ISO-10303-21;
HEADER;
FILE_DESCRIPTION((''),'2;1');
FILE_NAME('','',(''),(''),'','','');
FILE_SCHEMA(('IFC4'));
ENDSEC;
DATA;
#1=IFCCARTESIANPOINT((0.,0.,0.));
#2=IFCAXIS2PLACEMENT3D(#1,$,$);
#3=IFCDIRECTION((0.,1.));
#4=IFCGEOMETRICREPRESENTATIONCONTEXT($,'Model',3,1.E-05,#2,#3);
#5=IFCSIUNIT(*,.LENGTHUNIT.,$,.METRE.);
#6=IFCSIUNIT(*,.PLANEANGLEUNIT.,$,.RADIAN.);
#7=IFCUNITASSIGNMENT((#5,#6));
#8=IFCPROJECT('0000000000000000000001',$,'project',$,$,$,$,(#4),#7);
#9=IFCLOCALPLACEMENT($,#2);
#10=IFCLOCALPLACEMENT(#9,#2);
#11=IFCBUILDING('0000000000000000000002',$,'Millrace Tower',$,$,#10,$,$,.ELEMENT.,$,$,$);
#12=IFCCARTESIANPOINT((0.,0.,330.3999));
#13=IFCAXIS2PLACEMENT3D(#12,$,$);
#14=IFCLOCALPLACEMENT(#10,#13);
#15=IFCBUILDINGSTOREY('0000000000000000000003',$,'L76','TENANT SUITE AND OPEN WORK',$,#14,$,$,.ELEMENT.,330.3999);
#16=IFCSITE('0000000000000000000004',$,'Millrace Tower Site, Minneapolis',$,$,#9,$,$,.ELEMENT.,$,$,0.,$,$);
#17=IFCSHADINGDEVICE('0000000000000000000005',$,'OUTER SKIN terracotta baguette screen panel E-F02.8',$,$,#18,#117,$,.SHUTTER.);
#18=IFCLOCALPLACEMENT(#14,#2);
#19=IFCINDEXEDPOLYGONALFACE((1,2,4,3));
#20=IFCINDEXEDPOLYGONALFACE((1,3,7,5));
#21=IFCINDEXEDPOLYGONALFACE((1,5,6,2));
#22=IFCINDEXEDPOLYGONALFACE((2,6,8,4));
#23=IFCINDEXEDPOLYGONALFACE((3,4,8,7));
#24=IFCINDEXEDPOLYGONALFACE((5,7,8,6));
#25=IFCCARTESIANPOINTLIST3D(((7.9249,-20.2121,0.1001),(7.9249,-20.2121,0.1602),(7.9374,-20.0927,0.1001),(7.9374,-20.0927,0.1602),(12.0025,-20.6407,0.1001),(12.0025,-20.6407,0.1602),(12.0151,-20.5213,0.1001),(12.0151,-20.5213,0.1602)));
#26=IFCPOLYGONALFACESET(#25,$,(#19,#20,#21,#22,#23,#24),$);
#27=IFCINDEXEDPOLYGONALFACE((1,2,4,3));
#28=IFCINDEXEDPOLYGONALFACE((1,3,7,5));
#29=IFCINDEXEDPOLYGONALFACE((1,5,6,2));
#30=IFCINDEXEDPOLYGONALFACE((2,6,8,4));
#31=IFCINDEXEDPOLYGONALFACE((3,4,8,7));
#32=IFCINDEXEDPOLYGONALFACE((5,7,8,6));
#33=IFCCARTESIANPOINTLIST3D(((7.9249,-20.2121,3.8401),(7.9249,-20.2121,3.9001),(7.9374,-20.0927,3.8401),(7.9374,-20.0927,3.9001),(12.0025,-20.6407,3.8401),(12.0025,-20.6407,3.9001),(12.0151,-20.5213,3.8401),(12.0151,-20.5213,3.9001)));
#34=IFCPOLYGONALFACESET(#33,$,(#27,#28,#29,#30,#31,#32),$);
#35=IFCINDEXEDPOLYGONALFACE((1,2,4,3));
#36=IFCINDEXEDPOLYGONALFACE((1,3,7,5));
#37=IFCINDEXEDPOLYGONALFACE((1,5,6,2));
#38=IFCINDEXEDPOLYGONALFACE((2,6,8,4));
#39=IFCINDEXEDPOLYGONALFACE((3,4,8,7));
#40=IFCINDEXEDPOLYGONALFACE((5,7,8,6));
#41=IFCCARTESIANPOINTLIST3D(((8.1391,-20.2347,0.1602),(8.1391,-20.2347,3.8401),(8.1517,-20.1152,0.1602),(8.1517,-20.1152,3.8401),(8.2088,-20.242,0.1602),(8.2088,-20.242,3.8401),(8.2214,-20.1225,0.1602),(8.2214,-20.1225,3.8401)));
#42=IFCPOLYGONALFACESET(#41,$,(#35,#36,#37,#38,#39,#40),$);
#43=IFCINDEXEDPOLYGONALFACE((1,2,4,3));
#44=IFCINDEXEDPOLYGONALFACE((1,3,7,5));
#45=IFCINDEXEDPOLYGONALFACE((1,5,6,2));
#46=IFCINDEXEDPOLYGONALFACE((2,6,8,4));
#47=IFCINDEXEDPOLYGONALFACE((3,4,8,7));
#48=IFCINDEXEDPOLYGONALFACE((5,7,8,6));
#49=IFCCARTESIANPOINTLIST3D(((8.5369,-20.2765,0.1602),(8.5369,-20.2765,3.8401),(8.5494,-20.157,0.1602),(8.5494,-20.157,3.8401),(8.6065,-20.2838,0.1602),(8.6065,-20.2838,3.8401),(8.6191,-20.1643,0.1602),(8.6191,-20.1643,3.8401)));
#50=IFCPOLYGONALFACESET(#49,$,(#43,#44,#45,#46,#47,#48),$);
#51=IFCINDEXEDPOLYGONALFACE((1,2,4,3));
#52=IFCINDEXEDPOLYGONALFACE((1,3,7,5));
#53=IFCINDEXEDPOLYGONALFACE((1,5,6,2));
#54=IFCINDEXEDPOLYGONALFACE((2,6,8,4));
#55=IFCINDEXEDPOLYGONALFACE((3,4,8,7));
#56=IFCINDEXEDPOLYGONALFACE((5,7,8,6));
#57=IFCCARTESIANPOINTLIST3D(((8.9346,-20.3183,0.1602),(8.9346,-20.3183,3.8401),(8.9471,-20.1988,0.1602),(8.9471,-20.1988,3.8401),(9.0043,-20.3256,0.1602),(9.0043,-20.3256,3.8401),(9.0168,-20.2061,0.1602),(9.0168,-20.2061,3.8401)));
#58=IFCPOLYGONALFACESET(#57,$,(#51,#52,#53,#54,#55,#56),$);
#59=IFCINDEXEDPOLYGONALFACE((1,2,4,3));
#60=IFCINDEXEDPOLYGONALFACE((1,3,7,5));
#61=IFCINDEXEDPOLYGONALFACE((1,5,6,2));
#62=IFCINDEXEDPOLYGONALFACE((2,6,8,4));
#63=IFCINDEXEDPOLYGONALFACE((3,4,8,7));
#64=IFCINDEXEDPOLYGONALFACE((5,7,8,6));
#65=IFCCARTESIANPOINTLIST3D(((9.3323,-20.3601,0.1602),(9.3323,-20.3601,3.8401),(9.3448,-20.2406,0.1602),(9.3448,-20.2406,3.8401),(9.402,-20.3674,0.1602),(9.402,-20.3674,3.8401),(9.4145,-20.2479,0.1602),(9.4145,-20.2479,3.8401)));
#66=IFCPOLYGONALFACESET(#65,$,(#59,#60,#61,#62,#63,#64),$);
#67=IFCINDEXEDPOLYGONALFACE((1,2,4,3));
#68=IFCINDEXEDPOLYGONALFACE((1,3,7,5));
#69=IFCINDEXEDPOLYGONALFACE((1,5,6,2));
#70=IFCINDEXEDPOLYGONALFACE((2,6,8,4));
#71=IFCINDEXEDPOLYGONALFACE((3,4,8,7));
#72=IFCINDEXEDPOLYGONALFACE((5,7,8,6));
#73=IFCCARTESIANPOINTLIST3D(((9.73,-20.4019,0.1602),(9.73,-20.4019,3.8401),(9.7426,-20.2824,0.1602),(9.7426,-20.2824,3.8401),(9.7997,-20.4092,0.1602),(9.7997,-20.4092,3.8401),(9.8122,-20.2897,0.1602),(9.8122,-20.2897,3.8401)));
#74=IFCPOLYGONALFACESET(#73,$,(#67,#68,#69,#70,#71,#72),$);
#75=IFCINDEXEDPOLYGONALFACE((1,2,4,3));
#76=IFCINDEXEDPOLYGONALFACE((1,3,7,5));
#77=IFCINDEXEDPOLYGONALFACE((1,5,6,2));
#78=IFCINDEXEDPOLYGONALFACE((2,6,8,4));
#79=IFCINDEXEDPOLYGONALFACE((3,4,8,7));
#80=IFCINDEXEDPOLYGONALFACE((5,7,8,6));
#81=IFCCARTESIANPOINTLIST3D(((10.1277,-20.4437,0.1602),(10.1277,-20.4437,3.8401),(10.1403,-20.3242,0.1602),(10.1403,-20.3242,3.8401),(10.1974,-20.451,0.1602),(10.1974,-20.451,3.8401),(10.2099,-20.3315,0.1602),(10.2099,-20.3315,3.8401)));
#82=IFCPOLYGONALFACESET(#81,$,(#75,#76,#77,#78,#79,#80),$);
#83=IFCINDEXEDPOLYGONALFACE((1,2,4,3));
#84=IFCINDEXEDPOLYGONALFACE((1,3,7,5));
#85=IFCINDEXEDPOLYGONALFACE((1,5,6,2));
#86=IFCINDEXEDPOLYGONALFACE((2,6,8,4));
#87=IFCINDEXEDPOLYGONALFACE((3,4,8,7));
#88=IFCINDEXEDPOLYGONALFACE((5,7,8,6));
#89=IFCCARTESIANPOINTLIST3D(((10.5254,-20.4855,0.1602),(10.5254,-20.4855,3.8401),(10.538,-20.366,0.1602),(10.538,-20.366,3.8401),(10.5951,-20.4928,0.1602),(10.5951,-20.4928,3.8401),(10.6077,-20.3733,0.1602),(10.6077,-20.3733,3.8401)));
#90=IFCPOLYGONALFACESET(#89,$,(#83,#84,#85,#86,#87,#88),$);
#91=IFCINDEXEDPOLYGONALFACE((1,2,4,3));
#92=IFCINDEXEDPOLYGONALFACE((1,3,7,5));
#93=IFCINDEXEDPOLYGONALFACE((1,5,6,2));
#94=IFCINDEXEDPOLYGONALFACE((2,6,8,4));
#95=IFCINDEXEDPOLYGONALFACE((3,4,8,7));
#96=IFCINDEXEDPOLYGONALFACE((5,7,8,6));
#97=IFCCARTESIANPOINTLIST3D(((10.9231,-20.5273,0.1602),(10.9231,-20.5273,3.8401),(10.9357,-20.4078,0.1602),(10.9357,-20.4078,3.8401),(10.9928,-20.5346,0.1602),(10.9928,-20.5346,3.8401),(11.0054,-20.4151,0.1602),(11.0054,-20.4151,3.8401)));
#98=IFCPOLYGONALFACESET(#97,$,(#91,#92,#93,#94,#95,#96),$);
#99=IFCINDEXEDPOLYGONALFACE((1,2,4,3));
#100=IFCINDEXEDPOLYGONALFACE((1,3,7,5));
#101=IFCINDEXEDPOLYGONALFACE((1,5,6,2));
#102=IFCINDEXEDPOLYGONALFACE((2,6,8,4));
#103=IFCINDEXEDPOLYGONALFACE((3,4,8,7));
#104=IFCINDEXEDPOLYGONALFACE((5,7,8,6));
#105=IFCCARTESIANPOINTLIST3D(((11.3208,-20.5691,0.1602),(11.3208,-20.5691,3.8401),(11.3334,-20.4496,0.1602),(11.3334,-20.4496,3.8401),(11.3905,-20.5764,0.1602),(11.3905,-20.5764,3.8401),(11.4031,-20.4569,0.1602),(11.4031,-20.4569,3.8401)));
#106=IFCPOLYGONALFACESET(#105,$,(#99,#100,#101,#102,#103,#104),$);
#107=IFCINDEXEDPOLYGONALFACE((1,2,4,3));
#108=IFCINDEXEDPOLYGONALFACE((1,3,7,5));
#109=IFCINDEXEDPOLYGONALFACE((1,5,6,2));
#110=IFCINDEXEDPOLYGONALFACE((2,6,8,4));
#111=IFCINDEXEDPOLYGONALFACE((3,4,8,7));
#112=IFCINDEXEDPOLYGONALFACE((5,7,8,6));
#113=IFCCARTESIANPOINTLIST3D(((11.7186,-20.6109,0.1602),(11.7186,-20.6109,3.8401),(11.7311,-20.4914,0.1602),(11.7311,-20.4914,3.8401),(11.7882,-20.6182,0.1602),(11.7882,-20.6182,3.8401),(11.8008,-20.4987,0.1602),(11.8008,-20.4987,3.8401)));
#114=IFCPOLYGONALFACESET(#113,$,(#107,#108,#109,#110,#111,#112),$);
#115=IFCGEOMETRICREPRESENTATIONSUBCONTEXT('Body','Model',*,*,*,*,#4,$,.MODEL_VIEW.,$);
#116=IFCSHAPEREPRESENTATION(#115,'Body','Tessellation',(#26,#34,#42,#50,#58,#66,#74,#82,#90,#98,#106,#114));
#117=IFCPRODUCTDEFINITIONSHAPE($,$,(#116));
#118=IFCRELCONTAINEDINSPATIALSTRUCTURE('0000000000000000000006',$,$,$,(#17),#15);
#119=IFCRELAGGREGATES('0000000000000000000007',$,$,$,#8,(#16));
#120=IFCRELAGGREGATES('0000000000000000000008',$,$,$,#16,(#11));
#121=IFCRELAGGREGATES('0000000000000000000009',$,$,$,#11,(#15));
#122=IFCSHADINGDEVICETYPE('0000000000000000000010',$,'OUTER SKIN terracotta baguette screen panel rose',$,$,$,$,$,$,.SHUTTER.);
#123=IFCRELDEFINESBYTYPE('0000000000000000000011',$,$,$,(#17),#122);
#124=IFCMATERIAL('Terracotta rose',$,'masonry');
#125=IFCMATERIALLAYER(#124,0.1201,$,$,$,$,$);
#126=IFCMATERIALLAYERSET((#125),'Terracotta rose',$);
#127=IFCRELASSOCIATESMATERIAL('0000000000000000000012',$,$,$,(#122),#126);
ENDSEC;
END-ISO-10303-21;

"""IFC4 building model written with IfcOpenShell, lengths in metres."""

from ifc_helpers import new_model, entity, si_unit, direction, frame, frame_2d, origin, place, context, subcontext, project, spatial, rectangle, extrude, source, transform, mapped, material, layer, layer_set, type_object, element, save


model = new_model("IFC4")

# Units and contexts
model_context = context("Model", 3, precision=1e-05, world=origin(), true_north=direction((0.0, 1.0)))
body_context = subcontext(model_context, "Body", "Model", "MODEL_VIEW")
ifc_project = project(units=[si_unit("LENGTHUNIT", "METRE"), si_unit("PLANEANGLEUNIT", "RADIAN")], contexts=[model_context])

# Site, building, storey
site_placement = place(None, origin())
site = spatial("IfcSite", under=ifc_project, at=site_placement, Name="Millrace Tower Site, Minneapolis", CompositionType="ELEMENT", RefElevation=0.0)
building_placement = place(site_placement, origin())
building = spatial("IfcBuilding", under=site, at=building_placement, Name="Millrace Tower", CompositionType="ELEMENT")
storey_placement = place(building_placement, frame((0.0, 0.0, 330.3999)))
storey = spatial("IfcBuildingStorey", under=building, at=storey_placement, Name="L76", Description="TENANT SUITE AND OPEN WORK", CompositionType="ELEMENT", Elevation=330.3999)

# Shading device
ifc_material_1 = material(Name="Terracotta rose", Category="masonry")
ifc_layer_1 = layer(ifc_material_1, 0.1201)
ifc_layer_set_1 = layer_set([ifc_layer_1], Name="Terracotta rose")
shading_device_type = type_object("IfcShadingDeviceType", Name="OUTER SKIN terracotta baguette screen panel rose", PredefinedType="SHUTTER", material=ifc_layer_set_1)
cartesian_point = entity("IfcCartesianPoint", [-2.05, 0.0601])
shared_polyline = entity("IfcPolyline", [cartesian_point, entity("IfcCartesianPoint", [2.05, 0.0601]), entity("IfcCartesianPoint", [2.05, -0.0601]), entity("IfcCartesianPoint", [-2.05, -0.0601]), cartesian_point])
shared_shape = source(origin(), body_context, "Body", "SweptSolid", [
    entity("IfcExtrudedAreaSolid", entity("IfcArbitraryClosedProfileDef", "AREA", None, shared_polyline), entity("IfcAxis2Placement3D", entity("IfcCartesianPoint", [0.0, 0.0, 0.0])), entity("IfcDirection", [0.0, 0.0, 1.0]), 0.0601),
    entity("IfcExtrudedAreaSolid", entity("IfcArbitraryClosedProfileDef", "AREA", None, shared_polyline), entity("IfcAxis2Placement3D", entity("IfcCartesianPoint", [0.0, 0.0, 3.74])), entity("IfcDirection", [0.0, 0.0, 1.0]), 0.0601),
    extrude(rectangle(XDim=0.0701, YDim=0.1201, at=frame_2d((-1.7996, 0.0))), frame((0.0, 0.0, 0.0601)), (0.0, 0.0, 1.0), 3.6799),
    extrude(rectangle(XDim=0.0701, YDim=0.1201, at=frame_2d((-1.3997, 0.0))), frame((0.0, 0.0, 0.0601)), (0.0, 0.0, 1.0), 3.6799),
    extrude(rectangle(XDim=0.0701, YDim=0.1201, at=frame_2d((-0.9998, 0.0))), frame((0.0, 0.0, 0.0601)), (0.0, 0.0, 1.0), 3.6799),
    extrude(rectangle(XDim=0.0701, YDim=0.1201, at=frame_2d((-0.5999, 0.0))), frame((0.0, 0.0, 0.0601)), (0.0, 0.0, 1.0), 3.6799),
    extrude(rectangle(XDim=0.0701, YDim=0.1201, at=frame_2d((-0.2, 0.0))), frame((0.0, 0.0, 0.0601)), (0.0, 0.0, 1.0), 3.6799),
    extrude(rectangle(XDim=0.0701, YDim=0.1201, at=frame_2d((0.2, 0.0))), frame((0.0, 0.0, 0.0601)), (0.0, 0.0, 1.0), 3.6799),
    extrude(rectangle(XDim=0.0701, YDim=0.1201, at=frame_2d((0.5999, 0.0))), frame((0.0, 0.0, 0.0601)), (0.0, 0.0, 1.0), 3.6799),
    extrude(rectangle(XDim=0.0701, YDim=0.1201, at=frame_2d((0.9998, 0.0))), frame((0.0, 0.0, 0.0601)), (0.0, 0.0, 1.0), 3.6799),
    extrude(rectangle(XDim=0.0701, YDim=0.1201, at=frame_2d((1.3997, 0.0))), frame((0.0, 0.0, 0.0601)), (0.0, 0.0, 1.0), 3.6799),
    extrude(rectangle(XDim=0.0701, YDim=0.1201, at=frame_2d((1.7996, 0.0))), frame((0.0, 0.0, 0.0601)), (0.0, 0.0, 1.0), 3.6799),
])
for number, where, z_axis, x_axis, name in (
    (1, (9.97, -20.3667, 0.1001), (0.0, 0.0, 1.0), (0.994522, -0.104528, 0.0), "OUTER SKIN terracotta baguette screen panel E-F02.8"),
):
    element("IfcShadingDevice", number, at=place(storey_placement, frame(where, z_axis=z_axis, x_axis=x_axis)), inside=storey, type_object=shading_device_type, Name=name, PredefinedType="SHUTTER", context=body_context, shape_type="MappedRepresentation", body=[
        mapped(shared_shape, transform((0.0, 0.0, 0.0), scale=1.0)),
    ])

save(model, "model.ifc")
